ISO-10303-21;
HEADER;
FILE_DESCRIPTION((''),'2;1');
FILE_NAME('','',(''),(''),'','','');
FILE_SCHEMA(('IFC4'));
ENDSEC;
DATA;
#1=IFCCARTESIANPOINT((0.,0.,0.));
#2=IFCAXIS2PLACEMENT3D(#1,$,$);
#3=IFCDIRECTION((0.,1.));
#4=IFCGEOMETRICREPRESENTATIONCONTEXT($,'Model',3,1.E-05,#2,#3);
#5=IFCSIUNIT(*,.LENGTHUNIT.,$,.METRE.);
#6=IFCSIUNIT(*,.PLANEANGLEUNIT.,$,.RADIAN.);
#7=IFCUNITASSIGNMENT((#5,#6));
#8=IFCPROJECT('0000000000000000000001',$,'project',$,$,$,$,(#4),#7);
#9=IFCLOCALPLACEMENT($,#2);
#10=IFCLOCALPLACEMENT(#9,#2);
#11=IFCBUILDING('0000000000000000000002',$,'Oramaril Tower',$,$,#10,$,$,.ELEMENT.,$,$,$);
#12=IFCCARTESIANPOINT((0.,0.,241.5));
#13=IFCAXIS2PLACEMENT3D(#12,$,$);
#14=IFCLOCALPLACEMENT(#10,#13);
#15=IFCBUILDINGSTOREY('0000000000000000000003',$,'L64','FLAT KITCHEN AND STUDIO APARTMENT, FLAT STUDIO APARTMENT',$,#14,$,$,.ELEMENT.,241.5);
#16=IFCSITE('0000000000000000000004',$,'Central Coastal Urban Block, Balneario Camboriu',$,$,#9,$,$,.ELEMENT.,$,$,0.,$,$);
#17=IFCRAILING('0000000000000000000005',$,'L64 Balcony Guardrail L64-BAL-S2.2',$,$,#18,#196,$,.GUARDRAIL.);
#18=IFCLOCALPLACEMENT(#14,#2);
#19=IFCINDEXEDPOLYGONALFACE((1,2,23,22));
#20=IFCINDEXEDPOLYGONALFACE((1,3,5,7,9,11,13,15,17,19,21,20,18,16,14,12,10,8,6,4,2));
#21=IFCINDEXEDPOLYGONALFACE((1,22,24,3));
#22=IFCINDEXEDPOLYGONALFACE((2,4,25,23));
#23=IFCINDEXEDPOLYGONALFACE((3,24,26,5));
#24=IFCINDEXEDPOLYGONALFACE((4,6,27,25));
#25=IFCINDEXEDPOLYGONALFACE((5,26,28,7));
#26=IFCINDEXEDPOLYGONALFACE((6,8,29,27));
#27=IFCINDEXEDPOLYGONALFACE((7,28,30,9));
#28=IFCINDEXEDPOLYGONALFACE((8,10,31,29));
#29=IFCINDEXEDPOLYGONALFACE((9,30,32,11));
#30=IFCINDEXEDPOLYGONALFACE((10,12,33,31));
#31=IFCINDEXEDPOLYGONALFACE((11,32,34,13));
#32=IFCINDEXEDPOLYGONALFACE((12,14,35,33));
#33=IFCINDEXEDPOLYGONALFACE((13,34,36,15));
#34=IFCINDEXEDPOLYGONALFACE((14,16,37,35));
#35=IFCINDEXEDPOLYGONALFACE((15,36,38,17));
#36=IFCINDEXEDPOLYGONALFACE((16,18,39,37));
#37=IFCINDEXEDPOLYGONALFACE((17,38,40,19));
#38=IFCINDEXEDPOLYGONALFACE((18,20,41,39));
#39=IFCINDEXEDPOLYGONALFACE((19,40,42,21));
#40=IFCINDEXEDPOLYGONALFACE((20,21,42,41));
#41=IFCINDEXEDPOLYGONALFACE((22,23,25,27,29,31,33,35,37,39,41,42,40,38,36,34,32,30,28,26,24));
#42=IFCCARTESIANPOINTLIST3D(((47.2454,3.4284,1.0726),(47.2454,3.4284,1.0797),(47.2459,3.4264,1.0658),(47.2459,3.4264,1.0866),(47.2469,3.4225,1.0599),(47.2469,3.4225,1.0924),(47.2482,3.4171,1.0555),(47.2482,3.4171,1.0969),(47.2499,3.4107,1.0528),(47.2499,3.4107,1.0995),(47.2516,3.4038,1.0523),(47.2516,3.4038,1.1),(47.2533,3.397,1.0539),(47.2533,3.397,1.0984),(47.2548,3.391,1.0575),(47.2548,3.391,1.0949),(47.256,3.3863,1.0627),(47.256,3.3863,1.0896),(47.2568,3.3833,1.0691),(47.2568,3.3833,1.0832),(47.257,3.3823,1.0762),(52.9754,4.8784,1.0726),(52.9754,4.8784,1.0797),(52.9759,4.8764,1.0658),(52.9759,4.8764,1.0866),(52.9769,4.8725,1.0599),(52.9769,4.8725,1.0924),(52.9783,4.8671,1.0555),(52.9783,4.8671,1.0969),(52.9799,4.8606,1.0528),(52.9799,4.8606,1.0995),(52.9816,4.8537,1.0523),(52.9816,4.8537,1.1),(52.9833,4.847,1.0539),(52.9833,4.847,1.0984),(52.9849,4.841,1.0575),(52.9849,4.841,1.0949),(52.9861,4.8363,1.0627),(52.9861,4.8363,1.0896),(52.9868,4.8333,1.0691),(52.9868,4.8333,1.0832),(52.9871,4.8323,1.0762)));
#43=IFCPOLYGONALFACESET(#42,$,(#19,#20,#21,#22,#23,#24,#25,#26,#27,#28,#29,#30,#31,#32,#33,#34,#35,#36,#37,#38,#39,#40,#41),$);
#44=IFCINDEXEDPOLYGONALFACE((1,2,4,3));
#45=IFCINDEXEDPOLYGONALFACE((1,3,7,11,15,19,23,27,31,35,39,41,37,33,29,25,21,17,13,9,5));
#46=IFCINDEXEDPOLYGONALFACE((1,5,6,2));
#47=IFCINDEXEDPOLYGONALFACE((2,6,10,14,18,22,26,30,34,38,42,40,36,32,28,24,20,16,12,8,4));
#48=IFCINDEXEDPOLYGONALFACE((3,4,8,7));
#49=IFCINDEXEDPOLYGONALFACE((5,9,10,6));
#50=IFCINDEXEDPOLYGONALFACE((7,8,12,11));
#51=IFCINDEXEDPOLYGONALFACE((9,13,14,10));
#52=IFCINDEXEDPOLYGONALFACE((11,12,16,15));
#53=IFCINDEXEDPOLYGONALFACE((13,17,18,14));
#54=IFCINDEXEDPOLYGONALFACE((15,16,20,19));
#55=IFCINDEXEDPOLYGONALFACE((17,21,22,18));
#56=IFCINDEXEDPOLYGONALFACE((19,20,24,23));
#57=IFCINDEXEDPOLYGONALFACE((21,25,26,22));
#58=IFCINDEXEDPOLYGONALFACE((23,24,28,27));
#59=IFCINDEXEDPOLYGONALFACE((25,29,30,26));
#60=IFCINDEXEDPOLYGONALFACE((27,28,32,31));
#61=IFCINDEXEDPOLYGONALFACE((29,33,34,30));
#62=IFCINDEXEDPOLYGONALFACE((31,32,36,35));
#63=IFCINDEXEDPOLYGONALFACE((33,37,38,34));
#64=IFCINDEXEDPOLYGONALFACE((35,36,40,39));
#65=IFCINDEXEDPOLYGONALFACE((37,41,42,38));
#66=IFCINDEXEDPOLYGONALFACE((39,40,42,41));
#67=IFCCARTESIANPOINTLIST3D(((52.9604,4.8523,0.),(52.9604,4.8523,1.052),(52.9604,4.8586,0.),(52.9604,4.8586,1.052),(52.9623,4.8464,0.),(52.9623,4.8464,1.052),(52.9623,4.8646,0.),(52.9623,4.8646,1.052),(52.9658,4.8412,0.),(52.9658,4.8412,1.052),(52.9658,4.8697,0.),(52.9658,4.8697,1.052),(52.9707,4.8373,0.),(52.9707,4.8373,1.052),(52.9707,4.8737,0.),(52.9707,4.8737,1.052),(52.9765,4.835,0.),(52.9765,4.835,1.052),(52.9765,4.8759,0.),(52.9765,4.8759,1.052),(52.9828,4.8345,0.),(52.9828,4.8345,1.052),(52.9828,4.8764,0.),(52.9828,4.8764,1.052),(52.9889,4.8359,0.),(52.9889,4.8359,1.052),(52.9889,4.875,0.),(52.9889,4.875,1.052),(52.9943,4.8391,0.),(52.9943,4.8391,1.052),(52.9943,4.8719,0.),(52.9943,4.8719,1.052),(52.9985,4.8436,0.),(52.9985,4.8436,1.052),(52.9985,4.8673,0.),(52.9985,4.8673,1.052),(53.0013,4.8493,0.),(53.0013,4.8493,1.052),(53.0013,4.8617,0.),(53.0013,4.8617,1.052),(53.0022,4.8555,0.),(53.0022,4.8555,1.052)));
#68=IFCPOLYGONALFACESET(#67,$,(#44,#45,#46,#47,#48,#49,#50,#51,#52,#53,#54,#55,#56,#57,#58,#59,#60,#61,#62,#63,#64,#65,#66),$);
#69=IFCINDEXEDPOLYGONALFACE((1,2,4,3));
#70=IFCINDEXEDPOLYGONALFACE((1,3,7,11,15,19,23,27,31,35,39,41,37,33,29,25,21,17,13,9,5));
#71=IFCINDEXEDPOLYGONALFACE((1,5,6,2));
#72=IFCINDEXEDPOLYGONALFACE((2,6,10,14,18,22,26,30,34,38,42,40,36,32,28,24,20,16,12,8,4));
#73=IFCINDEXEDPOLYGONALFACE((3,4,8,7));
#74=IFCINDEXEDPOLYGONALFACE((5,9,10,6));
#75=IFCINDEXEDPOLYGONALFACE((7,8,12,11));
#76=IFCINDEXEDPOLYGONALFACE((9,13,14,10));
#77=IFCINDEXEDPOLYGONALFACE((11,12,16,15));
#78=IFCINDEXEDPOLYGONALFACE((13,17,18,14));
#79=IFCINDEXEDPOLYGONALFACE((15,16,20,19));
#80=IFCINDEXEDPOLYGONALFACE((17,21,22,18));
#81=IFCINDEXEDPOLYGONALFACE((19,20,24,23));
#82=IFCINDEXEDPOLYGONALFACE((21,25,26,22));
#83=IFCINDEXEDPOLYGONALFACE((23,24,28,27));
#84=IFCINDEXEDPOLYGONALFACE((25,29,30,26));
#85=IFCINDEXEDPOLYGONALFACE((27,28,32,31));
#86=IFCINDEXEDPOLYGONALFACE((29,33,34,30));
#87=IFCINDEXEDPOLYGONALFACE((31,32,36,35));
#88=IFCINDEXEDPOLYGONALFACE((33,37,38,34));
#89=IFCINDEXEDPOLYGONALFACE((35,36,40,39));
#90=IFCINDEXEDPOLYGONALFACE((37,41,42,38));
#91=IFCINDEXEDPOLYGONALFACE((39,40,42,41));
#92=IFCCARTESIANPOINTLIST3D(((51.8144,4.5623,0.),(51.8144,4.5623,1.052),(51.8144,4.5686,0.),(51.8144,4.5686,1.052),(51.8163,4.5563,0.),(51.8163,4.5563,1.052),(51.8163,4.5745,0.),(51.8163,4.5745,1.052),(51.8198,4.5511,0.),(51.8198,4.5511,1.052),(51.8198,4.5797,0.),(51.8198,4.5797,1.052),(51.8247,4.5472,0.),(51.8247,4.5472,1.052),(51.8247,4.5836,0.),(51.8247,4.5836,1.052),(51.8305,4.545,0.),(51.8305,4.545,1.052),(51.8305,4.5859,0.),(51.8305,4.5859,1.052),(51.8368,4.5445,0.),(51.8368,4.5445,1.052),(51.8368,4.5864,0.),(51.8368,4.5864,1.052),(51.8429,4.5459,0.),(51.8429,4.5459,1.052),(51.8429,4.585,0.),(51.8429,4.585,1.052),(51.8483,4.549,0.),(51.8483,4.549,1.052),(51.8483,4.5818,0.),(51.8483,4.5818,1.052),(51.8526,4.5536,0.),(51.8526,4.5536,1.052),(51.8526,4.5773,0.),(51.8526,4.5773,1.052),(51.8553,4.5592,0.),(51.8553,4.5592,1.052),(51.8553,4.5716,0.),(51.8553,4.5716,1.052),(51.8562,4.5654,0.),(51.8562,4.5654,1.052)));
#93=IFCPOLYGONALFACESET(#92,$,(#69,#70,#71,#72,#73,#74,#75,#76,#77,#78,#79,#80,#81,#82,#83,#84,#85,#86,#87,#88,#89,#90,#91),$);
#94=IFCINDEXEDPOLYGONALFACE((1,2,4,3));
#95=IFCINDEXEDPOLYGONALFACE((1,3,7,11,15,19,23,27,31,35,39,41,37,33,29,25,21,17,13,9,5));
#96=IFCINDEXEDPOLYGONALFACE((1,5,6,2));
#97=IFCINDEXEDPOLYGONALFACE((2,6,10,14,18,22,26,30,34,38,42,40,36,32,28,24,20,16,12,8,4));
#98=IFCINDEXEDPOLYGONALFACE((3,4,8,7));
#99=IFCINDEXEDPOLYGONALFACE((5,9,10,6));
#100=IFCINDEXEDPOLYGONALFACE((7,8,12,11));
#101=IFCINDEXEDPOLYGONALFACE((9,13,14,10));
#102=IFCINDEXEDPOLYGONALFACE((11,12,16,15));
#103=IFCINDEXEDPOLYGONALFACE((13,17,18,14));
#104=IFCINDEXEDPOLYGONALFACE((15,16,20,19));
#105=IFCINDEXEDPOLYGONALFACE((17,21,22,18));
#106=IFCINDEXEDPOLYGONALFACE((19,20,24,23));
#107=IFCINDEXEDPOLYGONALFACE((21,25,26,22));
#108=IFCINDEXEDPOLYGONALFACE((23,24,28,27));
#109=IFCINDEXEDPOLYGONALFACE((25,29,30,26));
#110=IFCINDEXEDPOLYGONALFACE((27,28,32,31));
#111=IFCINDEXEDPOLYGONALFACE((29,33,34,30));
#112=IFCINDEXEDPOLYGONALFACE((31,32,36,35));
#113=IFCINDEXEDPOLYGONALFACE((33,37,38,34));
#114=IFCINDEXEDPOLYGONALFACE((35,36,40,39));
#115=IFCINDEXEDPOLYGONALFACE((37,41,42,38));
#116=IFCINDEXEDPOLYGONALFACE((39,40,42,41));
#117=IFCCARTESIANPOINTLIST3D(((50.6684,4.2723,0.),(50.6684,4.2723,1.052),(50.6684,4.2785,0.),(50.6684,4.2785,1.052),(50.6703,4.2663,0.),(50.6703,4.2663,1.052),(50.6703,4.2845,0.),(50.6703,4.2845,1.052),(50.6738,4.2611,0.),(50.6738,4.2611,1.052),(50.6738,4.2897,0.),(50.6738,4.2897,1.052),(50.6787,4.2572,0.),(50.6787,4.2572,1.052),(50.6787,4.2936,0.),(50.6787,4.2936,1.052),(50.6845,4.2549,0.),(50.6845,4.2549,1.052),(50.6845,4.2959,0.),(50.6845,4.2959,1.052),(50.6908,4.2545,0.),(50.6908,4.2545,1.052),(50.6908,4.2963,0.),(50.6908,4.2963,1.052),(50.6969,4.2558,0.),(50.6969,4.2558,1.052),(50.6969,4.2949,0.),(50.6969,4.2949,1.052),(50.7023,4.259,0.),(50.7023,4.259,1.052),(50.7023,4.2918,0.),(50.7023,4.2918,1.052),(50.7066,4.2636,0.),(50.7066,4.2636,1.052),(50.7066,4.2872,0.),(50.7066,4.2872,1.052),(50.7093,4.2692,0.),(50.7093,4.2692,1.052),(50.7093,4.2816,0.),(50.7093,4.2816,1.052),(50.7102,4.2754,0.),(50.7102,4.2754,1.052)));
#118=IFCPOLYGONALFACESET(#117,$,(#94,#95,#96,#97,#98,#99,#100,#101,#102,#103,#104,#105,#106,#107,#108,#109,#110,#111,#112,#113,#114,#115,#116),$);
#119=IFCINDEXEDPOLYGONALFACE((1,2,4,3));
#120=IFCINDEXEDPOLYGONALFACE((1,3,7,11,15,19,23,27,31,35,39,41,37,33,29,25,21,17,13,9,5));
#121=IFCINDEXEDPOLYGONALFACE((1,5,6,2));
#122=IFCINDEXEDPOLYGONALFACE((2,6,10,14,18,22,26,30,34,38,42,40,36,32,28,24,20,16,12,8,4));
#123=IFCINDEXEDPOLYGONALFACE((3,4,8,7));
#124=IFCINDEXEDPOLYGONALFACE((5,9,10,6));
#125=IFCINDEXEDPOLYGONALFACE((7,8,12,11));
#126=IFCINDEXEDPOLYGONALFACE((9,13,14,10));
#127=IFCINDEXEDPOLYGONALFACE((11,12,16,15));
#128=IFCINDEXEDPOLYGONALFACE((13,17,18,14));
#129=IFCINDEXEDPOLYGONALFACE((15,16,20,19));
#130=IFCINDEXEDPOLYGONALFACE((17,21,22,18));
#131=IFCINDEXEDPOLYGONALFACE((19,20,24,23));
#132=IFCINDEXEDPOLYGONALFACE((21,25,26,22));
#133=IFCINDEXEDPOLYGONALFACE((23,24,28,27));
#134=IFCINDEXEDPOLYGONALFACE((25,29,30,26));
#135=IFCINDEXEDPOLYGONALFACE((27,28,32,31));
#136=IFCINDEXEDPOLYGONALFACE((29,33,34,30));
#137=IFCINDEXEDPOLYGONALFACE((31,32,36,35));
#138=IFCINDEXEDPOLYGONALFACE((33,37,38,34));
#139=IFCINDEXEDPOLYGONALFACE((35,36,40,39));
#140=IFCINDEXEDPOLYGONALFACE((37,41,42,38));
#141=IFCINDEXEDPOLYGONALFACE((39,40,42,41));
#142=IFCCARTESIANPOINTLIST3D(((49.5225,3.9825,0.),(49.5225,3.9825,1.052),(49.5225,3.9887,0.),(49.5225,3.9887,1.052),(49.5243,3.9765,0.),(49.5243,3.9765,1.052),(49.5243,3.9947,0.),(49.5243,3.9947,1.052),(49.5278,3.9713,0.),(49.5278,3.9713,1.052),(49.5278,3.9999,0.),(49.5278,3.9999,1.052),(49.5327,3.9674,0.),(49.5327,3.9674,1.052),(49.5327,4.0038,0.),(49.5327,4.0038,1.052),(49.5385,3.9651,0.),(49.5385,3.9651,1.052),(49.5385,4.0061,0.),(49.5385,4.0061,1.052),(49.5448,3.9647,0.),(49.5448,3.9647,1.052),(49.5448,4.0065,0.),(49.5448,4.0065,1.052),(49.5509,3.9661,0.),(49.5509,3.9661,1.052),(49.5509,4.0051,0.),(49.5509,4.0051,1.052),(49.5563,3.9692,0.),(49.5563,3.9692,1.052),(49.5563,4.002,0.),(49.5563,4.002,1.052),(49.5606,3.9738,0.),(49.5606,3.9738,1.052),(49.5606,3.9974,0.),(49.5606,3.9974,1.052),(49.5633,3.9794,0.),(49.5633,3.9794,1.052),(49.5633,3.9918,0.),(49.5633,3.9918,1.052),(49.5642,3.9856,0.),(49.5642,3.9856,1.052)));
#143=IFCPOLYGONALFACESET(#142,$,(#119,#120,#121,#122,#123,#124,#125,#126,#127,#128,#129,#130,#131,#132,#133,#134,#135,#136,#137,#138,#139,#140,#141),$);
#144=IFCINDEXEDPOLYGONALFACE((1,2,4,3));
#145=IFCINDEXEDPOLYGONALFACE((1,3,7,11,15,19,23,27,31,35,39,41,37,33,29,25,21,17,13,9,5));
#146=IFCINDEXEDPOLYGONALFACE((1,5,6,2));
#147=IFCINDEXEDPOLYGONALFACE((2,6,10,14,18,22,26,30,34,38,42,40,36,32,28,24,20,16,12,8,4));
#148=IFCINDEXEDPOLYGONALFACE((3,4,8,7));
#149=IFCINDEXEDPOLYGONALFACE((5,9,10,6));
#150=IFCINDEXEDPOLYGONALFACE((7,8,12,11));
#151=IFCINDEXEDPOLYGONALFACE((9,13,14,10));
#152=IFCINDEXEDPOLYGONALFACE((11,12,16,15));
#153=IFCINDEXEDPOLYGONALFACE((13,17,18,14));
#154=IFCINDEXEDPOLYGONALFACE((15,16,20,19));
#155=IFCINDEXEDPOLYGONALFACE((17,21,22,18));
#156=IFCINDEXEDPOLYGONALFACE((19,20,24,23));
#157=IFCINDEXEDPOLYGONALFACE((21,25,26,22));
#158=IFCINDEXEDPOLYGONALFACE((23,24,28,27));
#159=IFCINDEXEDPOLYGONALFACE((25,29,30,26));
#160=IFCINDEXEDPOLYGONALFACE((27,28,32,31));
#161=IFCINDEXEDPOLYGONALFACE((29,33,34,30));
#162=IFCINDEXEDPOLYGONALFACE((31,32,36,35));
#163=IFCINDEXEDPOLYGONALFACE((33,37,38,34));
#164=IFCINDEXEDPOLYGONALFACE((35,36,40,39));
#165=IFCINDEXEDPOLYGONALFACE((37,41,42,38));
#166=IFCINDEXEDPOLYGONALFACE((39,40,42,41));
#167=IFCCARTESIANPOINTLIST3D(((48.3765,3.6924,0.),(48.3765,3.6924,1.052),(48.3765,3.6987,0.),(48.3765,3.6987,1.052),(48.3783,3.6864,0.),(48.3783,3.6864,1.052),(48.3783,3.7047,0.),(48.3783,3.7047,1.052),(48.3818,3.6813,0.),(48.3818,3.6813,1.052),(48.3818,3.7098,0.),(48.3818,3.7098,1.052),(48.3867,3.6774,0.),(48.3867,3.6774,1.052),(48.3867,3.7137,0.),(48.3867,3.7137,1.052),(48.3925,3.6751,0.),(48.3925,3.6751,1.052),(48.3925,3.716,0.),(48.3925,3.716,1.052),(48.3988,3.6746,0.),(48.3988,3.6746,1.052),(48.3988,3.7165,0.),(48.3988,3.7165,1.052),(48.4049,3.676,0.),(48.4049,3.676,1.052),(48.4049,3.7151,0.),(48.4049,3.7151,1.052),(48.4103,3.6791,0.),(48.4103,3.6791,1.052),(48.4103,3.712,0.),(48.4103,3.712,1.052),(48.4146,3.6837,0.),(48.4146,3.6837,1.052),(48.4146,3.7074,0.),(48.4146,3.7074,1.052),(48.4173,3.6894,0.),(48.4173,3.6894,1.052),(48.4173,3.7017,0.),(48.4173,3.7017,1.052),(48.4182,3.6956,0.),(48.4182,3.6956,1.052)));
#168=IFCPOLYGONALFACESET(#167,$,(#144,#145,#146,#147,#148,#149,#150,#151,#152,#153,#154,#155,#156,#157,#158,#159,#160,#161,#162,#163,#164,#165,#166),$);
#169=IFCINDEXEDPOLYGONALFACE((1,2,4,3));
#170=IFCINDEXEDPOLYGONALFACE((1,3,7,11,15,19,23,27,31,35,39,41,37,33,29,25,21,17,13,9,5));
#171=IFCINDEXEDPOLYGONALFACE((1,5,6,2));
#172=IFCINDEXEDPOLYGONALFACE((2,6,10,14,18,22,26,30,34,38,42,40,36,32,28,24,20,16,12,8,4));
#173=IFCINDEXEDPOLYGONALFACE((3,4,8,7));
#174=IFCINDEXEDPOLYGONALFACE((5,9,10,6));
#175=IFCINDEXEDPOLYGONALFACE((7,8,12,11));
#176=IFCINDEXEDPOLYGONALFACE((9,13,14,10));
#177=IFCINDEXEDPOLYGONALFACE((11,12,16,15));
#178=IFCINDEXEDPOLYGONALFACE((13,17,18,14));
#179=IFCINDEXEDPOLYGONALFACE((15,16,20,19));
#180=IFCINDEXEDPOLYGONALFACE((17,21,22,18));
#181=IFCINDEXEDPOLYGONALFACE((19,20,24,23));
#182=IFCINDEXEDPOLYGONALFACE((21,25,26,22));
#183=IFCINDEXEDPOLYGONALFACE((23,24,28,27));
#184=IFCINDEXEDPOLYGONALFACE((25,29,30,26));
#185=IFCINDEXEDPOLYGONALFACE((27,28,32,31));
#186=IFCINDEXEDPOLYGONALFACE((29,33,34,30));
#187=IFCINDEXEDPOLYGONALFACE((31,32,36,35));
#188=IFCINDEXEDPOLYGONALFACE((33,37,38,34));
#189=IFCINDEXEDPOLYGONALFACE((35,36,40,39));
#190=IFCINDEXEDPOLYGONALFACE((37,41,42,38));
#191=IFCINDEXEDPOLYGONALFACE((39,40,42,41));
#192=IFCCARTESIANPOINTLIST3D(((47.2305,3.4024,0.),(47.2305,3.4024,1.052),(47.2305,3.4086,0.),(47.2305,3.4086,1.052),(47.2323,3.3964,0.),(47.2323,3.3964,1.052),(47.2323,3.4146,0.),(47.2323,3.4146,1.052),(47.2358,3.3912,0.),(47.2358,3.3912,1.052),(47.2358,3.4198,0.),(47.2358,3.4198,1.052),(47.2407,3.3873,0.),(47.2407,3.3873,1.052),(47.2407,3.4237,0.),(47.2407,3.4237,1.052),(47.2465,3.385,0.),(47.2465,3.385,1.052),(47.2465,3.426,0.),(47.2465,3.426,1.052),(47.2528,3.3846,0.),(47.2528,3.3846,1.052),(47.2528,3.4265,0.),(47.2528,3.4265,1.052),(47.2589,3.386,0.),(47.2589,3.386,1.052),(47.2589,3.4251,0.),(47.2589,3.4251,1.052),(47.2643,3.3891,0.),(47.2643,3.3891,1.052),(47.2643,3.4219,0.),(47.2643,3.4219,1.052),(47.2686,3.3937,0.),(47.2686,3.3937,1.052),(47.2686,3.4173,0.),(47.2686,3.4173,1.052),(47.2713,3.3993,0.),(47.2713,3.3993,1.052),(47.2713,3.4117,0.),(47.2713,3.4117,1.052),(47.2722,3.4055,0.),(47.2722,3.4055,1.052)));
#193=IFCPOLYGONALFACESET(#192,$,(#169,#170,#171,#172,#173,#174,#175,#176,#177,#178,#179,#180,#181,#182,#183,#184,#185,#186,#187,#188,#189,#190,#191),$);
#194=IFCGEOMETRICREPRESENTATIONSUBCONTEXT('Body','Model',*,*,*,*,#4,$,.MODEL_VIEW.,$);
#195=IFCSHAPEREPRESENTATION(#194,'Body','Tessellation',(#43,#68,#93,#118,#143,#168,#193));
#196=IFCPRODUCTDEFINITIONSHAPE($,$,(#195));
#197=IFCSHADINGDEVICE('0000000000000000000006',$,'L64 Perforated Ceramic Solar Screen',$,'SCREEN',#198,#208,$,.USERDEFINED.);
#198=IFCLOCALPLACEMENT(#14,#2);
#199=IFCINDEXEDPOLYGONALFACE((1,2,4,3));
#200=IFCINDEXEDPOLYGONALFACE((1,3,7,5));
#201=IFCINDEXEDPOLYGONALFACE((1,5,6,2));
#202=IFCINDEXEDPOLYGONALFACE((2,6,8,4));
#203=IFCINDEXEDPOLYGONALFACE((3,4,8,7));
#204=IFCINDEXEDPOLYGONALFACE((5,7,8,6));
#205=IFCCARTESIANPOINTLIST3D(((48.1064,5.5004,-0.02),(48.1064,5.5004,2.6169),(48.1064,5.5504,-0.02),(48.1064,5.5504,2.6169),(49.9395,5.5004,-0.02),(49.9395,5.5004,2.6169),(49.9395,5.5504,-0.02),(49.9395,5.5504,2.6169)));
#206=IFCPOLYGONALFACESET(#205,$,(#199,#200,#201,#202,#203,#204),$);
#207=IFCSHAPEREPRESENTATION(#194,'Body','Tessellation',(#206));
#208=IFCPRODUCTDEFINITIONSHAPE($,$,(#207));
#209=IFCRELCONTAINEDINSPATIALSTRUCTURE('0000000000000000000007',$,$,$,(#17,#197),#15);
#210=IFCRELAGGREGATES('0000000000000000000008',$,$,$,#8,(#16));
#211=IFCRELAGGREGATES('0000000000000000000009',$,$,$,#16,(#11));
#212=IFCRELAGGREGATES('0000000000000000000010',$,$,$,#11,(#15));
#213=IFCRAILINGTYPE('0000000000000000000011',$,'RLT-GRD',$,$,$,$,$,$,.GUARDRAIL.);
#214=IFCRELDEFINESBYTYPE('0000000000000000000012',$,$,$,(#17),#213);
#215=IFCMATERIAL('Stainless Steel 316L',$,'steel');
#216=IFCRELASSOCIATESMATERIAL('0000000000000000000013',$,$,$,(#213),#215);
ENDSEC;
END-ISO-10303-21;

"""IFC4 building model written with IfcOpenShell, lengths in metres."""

from ifc_helpers import new_model, si_unit, direction, frame, origin, origin_2d, place, context, subcontext, project, spatial, rectangle, circle, extrude, material, type_object, element, save


model = new_model("IFC4")

# Units and contexts
model_context = context("Model", 3, precision=1e-05, world=origin(), true_north=direction((0.0, 1.0)))
body_context = subcontext(model_context, "Body", "Model", "MODEL_VIEW")
ifc_project = project(units=[si_unit("LENGTHUNIT", "METRE"), si_unit("PLANEANGLEUNIT", "RADIAN")], contexts=[model_context])

# Site, building, storey
site_placement = place(None, origin())
site = spatial("IfcSite", under=ifc_project, at=site_placement, Name="Central Coastal Urban Block, Balneario Camboriu", CompositionType="ELEMENT", RefElevation=0.0)
building_placement = place(site_placement, origin())
building = spatial("IfcBuilding", under=site, at=building_placement, Name="Oramaril Tower", CompositionType="ELEMENT")
storey_placement = place(building_placement, frame((0.0, 0.0, 241.5)))
storey = spatial("IfcBuildingStorey", under=building, at=storey_placement, Name="L64", Description="FLAT KITCHEN AND STUDIO APARTMENT, FLAT STUDIO APARTMENT", CompositionType="ELEMENT", Elevation=241.5)

# Railing
ifc_material_1 = material(Name="Stainless Steel 316L", Category="steel")
railing_type = type_object("IfcRailingType", Name="RLT-GRD", PredefinedType="GUARDRAIL", material=ifc_material_1)
railing_1_placement = place(storey_placement, frame((52.9812, 4.8555, 0.0)))
element("IfcRailing", 1, at=railing_1_placement, inside=storey, type_object=railing_type, Name="L64 Balcony Guardrail L64-BAL-S2.2", PredefinedType="GUARDRAIL", context=body_context, shape_type="SweptSolid", body=[
    extrude(circle(Radius=0.0239, at=origin_2d()), frame((0.0, 0.0, 1.0762), z_axis=(-0.969444, -0.245314, 0.0), x_axis=(0.245314, -0.969444, 0.0)), (0.0, 0.0, 1.0), 5.9106),
    extrude(circle(Radius=0.021, at=origin_2d()), origin(), (0.0, 0.0, 1.0), 1.052),
    extrude(circle(Radius=0.021, at=origin_2d()), frame((-1.146, -0.29, 0.0)), (0.0, 0.0, 1.0), 1.052),
    extrude(circle(Radius=0.021, at=origin_2d()), frame((-2.292, -0.5801, 0.0)), (0.0, 0.0, 1.0), 1.052),
    extrude(circle(Radius=0.021, at=origin_2d()), frame((-3.438, -0.8699, 0.0)), (0.0, 0.0, 1.0), 1.052),
    extrude(circle(Radius=0.021, at=origin_2d()), frame((-4.584, -1.1599, 0.0)), (0.0, 0.0, 1.0), 1.052),
    extrude(circle(Radius=0.021, at=origin_2d()), frame((-5.73, -1.45, 0.0)), (0.0, 0.0, 1.0), 1.052),
])

# Shading device
shading_device_placement = place(storey_placement, frame((49.0229, 5.5254, -0.02), z_axis=(0.0, 0.0, 1.0), x_axis=(1.0, 0.0, 0.0)))
element("IfcShadingDevice", 2, at=shading_device_placement, inside=storey, Name="L64 Perforated Ceramic Solar Screen", ObjectType="SCREEN", PredefinedType="USERDEFINED", context=body_context, shape_type="SweptSolid", body=[
    extrude(rectangle(XDim=1.833, YDim=0.05, at=origin_2d()), origin(), (0.0, 0.0, 1.0), 2.637),
])

save(model, "model.ifc")
